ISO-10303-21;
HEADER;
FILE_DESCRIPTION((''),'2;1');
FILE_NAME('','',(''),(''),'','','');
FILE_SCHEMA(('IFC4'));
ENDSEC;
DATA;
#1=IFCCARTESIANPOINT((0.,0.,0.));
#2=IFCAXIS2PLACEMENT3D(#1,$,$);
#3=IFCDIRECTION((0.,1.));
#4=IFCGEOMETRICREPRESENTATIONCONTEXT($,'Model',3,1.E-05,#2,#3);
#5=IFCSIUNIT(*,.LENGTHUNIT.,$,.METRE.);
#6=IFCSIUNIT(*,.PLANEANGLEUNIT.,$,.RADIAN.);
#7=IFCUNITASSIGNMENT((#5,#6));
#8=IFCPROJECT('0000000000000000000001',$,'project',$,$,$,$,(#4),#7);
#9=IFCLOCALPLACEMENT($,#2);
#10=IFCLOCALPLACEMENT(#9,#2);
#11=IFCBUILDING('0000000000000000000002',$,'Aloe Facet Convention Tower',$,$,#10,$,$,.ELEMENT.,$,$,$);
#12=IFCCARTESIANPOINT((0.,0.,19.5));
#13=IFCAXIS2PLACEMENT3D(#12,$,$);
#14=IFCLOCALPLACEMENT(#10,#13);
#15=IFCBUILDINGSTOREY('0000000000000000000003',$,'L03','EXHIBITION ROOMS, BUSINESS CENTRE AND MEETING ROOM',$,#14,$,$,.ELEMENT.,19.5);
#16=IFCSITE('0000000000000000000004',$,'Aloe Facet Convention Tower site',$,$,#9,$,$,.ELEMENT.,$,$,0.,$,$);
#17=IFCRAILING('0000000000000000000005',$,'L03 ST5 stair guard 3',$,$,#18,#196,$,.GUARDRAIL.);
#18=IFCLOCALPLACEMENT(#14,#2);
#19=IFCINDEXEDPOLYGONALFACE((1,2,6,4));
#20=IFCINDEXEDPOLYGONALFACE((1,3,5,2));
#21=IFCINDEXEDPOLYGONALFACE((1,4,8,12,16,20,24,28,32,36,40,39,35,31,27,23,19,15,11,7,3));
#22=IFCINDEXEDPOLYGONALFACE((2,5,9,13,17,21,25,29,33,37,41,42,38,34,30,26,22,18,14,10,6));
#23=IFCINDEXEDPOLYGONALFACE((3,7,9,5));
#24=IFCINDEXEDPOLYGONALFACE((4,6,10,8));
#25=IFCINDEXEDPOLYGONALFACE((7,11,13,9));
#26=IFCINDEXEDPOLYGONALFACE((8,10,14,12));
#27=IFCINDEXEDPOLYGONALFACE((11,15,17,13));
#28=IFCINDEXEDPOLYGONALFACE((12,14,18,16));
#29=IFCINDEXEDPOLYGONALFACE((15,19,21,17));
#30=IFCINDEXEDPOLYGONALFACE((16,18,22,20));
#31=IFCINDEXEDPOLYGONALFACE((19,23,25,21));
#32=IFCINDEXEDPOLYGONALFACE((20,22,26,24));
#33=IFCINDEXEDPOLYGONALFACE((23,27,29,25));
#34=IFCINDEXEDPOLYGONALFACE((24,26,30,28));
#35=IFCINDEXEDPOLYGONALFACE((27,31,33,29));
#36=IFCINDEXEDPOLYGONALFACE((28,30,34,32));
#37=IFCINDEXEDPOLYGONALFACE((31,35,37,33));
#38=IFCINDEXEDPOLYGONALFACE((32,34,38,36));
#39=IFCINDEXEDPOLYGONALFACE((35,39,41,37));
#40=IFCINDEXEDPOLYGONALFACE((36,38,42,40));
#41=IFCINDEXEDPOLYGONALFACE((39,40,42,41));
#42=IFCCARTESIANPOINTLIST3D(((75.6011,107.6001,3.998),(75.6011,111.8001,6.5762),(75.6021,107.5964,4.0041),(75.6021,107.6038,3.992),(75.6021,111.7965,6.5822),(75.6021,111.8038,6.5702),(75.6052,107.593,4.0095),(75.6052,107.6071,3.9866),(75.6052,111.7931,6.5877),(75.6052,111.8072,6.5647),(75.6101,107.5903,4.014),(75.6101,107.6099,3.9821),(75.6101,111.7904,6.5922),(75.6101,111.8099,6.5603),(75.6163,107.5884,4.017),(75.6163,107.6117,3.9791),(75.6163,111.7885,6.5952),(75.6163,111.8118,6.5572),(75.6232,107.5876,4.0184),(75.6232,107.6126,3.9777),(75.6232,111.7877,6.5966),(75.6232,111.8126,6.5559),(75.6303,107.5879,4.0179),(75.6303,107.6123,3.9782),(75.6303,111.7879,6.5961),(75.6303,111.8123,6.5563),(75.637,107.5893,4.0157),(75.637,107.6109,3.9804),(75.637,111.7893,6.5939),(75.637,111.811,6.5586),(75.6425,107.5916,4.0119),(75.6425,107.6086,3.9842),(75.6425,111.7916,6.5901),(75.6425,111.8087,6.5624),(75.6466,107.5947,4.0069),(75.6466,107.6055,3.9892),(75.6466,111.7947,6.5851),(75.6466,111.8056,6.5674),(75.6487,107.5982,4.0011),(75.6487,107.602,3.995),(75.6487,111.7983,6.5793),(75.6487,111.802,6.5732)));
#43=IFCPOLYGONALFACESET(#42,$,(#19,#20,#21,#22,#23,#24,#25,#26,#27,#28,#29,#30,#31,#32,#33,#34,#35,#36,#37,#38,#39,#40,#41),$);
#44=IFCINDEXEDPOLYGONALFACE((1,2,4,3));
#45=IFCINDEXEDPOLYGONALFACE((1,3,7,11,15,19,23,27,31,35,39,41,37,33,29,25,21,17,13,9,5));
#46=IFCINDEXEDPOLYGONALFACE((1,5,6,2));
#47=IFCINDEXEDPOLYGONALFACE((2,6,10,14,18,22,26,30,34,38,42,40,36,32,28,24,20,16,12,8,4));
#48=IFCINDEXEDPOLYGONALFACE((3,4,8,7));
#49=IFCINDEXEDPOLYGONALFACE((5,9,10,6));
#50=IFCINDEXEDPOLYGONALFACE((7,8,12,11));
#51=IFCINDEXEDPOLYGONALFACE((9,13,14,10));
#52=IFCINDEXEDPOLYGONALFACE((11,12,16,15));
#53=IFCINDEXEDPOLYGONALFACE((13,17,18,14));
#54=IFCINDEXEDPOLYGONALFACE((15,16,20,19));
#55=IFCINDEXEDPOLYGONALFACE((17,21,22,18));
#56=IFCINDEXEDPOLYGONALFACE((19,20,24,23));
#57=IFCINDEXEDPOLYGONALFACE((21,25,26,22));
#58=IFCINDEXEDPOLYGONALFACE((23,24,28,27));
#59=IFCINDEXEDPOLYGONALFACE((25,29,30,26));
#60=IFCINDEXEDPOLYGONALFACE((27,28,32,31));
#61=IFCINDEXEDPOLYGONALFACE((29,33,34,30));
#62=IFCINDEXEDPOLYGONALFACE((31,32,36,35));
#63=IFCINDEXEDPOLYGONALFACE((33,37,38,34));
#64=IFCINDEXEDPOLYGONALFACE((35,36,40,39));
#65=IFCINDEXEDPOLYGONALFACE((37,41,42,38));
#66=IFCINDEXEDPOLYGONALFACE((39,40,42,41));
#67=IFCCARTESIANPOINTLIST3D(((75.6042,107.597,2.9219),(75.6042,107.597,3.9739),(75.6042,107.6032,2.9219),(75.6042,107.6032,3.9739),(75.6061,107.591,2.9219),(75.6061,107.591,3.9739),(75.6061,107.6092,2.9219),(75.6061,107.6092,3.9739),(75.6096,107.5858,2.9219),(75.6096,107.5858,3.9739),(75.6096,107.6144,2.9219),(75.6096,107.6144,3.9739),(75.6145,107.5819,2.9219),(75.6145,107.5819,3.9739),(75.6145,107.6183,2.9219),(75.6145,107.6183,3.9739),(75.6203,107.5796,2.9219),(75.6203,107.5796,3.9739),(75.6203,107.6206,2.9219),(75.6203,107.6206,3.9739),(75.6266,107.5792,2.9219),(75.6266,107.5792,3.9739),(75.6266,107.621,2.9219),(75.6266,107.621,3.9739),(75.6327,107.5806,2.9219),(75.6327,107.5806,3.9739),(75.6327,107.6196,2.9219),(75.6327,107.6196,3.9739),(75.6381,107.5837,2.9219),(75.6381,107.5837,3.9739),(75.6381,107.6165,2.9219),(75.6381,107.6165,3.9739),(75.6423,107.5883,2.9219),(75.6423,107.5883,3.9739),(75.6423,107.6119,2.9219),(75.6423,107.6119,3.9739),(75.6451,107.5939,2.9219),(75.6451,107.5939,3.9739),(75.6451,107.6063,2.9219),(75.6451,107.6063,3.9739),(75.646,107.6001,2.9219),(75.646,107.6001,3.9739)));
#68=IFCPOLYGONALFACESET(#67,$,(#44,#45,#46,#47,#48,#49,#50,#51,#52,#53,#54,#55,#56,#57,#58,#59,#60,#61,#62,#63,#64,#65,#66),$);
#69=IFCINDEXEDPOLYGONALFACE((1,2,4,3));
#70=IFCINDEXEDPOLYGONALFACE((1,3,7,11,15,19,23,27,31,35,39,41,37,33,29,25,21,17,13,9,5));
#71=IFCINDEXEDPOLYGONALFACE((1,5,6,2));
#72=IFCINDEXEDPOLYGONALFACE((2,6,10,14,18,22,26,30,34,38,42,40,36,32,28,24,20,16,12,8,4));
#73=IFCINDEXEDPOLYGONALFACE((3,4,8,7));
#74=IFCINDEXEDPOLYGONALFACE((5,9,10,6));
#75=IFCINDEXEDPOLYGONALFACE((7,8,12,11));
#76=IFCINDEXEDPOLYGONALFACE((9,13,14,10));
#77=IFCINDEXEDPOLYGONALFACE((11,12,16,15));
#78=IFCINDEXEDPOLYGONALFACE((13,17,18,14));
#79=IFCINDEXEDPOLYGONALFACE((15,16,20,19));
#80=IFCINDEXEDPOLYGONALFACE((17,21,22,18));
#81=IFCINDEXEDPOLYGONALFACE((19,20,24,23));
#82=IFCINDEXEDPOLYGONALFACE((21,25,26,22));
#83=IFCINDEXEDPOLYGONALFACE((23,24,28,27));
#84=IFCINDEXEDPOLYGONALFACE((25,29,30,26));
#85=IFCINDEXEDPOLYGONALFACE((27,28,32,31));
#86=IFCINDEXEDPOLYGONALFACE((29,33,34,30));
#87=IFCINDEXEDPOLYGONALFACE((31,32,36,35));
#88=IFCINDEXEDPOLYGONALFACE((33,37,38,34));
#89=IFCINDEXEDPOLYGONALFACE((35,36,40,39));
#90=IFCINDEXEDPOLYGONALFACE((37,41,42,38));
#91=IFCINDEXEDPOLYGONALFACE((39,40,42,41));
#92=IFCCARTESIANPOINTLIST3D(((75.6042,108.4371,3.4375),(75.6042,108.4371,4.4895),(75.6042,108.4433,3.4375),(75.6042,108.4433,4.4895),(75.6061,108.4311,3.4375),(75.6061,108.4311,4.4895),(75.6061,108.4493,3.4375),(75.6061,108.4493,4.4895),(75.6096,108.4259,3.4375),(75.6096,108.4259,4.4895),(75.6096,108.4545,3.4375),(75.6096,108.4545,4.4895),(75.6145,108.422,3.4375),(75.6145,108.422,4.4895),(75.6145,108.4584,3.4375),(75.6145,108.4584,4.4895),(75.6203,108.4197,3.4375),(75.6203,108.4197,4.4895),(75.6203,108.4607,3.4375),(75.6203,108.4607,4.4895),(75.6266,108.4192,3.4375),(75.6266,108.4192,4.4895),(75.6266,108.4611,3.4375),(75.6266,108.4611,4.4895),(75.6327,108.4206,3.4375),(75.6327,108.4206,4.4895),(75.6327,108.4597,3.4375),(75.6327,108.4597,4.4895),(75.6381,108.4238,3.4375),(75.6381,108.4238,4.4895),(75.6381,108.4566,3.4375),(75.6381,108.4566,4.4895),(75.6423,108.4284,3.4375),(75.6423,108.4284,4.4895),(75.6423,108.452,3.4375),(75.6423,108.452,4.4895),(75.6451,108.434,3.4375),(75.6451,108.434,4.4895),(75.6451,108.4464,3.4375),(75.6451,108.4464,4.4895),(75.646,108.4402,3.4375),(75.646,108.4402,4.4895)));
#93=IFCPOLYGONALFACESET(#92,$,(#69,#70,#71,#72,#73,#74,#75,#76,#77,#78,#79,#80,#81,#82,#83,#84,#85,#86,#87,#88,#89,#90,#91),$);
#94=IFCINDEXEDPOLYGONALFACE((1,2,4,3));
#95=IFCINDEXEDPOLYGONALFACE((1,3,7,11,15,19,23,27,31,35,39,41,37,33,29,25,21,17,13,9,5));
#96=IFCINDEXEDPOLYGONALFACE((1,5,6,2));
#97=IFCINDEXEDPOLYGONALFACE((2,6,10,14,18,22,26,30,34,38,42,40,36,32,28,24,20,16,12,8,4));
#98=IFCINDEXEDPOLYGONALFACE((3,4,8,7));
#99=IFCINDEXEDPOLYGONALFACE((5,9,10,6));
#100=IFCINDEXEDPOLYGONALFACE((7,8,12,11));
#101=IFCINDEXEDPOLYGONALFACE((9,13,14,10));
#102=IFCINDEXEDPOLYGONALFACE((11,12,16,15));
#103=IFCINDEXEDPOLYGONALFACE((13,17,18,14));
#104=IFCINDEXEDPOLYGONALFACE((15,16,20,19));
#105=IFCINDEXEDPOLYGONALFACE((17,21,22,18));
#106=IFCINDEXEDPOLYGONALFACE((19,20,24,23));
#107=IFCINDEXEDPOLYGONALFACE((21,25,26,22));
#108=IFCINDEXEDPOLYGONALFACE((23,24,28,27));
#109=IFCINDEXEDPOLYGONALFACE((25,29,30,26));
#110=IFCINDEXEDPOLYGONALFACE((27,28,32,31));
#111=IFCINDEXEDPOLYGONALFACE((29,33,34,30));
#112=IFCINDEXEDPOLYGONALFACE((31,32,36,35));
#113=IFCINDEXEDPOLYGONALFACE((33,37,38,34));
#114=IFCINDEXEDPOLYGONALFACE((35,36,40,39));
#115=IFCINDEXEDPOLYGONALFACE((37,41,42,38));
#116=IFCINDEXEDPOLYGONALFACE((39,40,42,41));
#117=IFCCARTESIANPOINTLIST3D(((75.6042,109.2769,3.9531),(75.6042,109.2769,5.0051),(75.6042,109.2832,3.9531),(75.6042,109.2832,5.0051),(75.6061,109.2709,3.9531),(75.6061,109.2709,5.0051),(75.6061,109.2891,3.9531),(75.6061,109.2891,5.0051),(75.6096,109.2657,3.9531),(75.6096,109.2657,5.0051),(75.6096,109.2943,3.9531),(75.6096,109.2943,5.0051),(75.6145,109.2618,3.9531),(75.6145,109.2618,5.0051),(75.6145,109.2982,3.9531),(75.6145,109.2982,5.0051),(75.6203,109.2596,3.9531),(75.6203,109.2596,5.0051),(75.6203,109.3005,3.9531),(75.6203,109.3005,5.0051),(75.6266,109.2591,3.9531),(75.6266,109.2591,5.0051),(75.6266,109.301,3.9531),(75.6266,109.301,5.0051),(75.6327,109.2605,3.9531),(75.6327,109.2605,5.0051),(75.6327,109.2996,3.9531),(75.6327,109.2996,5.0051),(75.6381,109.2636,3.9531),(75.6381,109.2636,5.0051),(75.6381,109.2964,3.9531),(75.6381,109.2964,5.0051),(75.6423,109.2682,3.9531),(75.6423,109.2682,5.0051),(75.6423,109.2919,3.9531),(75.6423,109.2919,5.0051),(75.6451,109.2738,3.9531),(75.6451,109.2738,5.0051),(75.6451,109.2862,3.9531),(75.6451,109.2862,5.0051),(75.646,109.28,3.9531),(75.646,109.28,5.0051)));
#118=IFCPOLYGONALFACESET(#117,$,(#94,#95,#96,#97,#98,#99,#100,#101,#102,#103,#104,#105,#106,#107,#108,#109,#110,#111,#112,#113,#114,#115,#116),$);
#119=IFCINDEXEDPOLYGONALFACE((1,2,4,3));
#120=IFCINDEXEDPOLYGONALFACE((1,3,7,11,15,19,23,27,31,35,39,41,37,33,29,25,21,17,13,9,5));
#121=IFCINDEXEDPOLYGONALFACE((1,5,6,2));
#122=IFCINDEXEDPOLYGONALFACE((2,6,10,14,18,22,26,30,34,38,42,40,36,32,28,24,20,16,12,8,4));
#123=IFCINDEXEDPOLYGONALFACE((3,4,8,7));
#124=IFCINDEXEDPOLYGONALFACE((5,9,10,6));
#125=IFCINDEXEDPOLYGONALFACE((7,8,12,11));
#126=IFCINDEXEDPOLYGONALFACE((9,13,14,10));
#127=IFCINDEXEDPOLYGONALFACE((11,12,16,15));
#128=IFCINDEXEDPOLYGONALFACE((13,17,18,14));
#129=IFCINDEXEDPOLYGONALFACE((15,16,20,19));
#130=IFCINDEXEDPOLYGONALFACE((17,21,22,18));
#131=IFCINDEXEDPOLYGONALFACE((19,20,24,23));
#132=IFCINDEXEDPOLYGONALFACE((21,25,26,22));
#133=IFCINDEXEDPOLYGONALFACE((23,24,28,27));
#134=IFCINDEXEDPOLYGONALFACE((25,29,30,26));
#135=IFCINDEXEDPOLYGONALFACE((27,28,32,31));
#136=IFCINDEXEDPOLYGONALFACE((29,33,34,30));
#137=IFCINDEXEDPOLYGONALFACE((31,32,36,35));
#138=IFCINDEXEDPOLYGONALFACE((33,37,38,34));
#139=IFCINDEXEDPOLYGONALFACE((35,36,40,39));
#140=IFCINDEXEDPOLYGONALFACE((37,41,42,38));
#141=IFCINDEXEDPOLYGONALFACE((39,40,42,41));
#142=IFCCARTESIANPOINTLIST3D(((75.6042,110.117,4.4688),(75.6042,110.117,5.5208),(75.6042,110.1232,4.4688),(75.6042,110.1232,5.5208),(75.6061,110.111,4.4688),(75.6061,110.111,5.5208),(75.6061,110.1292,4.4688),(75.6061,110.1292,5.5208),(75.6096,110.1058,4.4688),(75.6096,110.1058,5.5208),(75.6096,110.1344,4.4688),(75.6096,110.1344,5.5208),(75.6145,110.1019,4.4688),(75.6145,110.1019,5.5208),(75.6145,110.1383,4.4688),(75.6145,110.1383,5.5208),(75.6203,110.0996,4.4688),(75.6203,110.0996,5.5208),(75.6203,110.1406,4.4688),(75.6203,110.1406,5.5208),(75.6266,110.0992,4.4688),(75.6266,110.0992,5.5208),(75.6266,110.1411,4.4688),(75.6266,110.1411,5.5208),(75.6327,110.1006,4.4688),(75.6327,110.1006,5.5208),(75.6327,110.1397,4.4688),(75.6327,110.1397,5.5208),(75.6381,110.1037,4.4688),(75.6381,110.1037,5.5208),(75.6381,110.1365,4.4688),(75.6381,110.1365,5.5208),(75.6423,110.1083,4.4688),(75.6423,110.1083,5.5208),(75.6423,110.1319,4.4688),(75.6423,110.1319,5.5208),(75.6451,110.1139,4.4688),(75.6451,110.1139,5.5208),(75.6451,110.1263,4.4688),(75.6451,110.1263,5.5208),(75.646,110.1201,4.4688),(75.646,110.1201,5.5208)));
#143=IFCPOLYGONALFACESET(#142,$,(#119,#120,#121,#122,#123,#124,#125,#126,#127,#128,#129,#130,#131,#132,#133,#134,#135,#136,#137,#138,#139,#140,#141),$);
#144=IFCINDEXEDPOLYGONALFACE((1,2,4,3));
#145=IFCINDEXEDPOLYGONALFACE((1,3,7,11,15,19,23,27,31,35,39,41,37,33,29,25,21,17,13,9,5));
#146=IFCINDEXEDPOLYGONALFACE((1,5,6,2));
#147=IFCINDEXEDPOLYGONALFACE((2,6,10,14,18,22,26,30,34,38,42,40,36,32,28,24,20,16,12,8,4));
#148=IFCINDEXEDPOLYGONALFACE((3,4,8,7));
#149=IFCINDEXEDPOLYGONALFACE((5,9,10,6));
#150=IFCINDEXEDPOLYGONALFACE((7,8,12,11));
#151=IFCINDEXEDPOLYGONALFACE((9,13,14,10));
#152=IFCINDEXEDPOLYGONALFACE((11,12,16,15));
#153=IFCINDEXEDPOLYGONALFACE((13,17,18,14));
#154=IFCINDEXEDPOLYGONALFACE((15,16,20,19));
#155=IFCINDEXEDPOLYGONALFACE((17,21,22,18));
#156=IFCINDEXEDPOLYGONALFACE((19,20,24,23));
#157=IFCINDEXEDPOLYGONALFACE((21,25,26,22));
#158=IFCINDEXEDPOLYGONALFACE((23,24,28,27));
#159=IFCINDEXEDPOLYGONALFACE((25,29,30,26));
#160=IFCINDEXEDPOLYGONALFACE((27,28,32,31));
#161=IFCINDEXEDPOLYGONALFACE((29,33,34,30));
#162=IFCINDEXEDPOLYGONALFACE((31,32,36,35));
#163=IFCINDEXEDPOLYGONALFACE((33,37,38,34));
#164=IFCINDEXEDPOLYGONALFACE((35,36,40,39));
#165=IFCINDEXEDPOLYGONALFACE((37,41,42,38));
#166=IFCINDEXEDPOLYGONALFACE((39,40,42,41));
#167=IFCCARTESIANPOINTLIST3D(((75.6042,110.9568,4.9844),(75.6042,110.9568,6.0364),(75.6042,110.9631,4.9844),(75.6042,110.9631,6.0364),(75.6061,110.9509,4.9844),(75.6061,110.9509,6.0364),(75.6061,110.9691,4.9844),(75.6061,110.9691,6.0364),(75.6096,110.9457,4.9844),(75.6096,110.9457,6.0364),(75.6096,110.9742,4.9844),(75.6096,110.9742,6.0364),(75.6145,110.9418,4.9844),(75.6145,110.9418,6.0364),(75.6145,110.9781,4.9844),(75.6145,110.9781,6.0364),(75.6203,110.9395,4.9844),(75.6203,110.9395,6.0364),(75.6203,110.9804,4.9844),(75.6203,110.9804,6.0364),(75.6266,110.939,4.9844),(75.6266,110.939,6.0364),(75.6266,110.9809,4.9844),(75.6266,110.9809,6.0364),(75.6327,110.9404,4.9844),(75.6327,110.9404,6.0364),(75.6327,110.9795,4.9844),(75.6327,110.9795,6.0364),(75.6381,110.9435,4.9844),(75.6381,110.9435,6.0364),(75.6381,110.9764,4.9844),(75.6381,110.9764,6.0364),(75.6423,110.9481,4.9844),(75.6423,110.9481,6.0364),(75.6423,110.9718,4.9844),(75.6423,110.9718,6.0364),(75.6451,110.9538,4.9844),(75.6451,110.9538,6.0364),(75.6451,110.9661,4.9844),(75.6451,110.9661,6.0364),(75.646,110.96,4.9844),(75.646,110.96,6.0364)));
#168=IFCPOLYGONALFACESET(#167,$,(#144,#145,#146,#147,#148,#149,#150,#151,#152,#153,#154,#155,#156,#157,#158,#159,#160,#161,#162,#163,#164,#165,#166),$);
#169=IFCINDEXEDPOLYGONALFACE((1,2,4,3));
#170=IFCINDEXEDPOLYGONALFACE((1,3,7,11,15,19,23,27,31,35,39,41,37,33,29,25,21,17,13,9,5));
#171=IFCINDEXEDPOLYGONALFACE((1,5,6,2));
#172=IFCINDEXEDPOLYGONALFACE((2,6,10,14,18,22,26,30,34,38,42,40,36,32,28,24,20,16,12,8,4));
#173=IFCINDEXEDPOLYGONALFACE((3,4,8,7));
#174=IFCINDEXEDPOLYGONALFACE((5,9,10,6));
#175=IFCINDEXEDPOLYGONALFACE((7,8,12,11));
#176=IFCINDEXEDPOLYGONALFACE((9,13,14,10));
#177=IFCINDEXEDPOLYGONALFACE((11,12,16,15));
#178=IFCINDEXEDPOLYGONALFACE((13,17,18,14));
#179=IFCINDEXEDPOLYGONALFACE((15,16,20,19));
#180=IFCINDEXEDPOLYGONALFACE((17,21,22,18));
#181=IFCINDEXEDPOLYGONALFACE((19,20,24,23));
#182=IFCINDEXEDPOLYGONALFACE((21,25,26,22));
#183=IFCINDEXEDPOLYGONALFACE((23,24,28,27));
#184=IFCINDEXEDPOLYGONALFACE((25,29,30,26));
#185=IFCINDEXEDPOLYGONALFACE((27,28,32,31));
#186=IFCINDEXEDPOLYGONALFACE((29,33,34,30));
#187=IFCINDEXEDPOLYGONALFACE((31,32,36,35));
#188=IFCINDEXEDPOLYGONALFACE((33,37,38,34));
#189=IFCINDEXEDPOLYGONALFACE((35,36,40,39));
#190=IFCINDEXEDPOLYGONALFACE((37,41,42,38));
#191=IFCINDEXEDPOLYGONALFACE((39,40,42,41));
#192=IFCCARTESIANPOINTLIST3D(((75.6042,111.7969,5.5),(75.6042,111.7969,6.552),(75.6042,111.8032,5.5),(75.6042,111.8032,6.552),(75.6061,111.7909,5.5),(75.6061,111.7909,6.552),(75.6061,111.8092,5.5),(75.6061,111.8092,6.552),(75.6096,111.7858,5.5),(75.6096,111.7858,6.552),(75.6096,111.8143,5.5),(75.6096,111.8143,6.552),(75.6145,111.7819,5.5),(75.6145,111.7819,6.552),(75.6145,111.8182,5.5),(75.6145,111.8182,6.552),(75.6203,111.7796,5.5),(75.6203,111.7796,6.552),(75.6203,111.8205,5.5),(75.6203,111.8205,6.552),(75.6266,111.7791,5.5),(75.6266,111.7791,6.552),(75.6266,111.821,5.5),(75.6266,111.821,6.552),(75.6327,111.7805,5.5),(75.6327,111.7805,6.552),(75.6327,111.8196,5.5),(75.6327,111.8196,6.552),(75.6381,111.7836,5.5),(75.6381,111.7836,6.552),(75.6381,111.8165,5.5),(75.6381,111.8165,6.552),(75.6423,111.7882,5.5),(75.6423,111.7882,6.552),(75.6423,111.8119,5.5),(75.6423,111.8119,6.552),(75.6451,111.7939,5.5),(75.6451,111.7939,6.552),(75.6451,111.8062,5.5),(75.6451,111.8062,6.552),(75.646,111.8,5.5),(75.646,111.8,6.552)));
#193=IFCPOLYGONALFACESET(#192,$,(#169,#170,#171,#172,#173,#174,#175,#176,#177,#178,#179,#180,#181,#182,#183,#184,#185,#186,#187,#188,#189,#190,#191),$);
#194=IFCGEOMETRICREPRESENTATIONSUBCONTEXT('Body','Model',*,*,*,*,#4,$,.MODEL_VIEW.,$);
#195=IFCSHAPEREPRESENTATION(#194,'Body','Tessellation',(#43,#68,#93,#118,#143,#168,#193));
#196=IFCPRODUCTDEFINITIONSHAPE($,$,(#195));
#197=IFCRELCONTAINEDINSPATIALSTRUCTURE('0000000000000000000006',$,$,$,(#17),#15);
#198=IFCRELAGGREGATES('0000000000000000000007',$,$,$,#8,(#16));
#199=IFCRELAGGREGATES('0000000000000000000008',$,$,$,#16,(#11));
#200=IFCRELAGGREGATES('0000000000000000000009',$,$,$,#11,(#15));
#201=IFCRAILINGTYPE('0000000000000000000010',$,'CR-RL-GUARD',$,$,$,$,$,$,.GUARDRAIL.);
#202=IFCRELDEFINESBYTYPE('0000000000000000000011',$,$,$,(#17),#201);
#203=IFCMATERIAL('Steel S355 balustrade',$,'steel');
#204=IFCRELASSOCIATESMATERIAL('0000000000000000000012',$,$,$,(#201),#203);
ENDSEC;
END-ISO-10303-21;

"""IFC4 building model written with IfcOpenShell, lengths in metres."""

from ifc_helpers import new_model, si_unit, direction, frame, origin, origin_2d, place, context, subcontext, project, spatial, circle, extrude, material, type_object, element, save


model = new_model("IFC4")

# Units and contexts
model_context = context("Model", 3, precision=1e-05, world=origin(), true_north=direction((0.0, 1.0)))
body_context = subcontext(model_context, "Body", "Model", "MODEL_VIEW")
ifc_project = project(units=[si_unit("LENGTHUNIT", "METRE"), si_unit("PLANEANGLEUNIT", "RADIAN")], contexts=[model_context])

# Site, building, storey
site_placement = place(None, origin())
site = spatial("IfcSite", under=ifc_project, at=site_placement, Name="Aloe Facet Convention Tower site", CompositionType="ELEMENT", RefElevation=0.0)
building_placement = place(site_placement, origin())
building = spatial("IfcBuilding", under=site, at=building_placement, Name="Aloe Facet Convention Tower", CompositionType="ELEMENT")
storey_placement = place(building_placement, frame((0.0, 0.0, 19.5)))
storey = spatial("IfcBuildingStorey", under=building, at=storey_placement, Name="L03", Description="EXHIBITION ROOMS, BUSINESS CENTRE AND MEETING ROOM", CompositionType="ELEMENT", Elevation=19.5)

# Railing
ifc_material_1 = material(Name="Steel S355 balustrade", Category="steel")
railing_type = type_object("IfcRailingType", Name="CR-RL-GUARD", PredefinedType="GUARDRAIL", material=ifc_material_1)
railing_1_placement = place(storey_placement, frame((75.625, 107.6001, 2.9219)))
element("IfcRailing", 1, at=railing_1_placement, inside=storey, type_object=railing_type, Name="L03 ST5 stair guard 3", PredefinedType="GUARDRAIL", context=body_context, shape_type="SweptSolid", body=[
    extrude(circle(Radius=0.0239, at=origin_2d()), frame((0.0, 0.0, 1.0762), z_axis=(0.0, 0.852243, 0.523146), x_axis=(-1.0, 0.0, 0.0)), (0.0, 0.0, 1.0), 4.9282),
    extrude(circle(Radius=0.021, at=origin_2d()), origin(), (0.0, 0.0, 1.0), 1.052),
    extrude(circle(Radius=0.021, at=origin_2d()), frame((0.0, 0.8401, 0.5156)), (0.0, 0.0, 1.0), 1.052),
    extrude(circle(Radius=0.021, at=origin_2d()), frame((0.0, 1.6799, 1.0312)), (0.0, 0.0, 1.0), 1.052),
    extrude(circle(Radius=0.021, at=origin_2d()), frame((0.0, 2.52, 1.5469)), (0.0, 0.0, 1.0), 1.052),
    extrude(circle(Radius=0.021, at=origin_2d()), frame((0.0, 3.3599, 2.0625)), (0.0, 0.0, 1.0), 1.052),
    extrude(circle(Radius=0.021, at=origin_2d()), frame((0.0, 4.2, 2.5781)), (0.0, 0.0, 1.0), 1.052),
])

save(model, "model.ifc")
